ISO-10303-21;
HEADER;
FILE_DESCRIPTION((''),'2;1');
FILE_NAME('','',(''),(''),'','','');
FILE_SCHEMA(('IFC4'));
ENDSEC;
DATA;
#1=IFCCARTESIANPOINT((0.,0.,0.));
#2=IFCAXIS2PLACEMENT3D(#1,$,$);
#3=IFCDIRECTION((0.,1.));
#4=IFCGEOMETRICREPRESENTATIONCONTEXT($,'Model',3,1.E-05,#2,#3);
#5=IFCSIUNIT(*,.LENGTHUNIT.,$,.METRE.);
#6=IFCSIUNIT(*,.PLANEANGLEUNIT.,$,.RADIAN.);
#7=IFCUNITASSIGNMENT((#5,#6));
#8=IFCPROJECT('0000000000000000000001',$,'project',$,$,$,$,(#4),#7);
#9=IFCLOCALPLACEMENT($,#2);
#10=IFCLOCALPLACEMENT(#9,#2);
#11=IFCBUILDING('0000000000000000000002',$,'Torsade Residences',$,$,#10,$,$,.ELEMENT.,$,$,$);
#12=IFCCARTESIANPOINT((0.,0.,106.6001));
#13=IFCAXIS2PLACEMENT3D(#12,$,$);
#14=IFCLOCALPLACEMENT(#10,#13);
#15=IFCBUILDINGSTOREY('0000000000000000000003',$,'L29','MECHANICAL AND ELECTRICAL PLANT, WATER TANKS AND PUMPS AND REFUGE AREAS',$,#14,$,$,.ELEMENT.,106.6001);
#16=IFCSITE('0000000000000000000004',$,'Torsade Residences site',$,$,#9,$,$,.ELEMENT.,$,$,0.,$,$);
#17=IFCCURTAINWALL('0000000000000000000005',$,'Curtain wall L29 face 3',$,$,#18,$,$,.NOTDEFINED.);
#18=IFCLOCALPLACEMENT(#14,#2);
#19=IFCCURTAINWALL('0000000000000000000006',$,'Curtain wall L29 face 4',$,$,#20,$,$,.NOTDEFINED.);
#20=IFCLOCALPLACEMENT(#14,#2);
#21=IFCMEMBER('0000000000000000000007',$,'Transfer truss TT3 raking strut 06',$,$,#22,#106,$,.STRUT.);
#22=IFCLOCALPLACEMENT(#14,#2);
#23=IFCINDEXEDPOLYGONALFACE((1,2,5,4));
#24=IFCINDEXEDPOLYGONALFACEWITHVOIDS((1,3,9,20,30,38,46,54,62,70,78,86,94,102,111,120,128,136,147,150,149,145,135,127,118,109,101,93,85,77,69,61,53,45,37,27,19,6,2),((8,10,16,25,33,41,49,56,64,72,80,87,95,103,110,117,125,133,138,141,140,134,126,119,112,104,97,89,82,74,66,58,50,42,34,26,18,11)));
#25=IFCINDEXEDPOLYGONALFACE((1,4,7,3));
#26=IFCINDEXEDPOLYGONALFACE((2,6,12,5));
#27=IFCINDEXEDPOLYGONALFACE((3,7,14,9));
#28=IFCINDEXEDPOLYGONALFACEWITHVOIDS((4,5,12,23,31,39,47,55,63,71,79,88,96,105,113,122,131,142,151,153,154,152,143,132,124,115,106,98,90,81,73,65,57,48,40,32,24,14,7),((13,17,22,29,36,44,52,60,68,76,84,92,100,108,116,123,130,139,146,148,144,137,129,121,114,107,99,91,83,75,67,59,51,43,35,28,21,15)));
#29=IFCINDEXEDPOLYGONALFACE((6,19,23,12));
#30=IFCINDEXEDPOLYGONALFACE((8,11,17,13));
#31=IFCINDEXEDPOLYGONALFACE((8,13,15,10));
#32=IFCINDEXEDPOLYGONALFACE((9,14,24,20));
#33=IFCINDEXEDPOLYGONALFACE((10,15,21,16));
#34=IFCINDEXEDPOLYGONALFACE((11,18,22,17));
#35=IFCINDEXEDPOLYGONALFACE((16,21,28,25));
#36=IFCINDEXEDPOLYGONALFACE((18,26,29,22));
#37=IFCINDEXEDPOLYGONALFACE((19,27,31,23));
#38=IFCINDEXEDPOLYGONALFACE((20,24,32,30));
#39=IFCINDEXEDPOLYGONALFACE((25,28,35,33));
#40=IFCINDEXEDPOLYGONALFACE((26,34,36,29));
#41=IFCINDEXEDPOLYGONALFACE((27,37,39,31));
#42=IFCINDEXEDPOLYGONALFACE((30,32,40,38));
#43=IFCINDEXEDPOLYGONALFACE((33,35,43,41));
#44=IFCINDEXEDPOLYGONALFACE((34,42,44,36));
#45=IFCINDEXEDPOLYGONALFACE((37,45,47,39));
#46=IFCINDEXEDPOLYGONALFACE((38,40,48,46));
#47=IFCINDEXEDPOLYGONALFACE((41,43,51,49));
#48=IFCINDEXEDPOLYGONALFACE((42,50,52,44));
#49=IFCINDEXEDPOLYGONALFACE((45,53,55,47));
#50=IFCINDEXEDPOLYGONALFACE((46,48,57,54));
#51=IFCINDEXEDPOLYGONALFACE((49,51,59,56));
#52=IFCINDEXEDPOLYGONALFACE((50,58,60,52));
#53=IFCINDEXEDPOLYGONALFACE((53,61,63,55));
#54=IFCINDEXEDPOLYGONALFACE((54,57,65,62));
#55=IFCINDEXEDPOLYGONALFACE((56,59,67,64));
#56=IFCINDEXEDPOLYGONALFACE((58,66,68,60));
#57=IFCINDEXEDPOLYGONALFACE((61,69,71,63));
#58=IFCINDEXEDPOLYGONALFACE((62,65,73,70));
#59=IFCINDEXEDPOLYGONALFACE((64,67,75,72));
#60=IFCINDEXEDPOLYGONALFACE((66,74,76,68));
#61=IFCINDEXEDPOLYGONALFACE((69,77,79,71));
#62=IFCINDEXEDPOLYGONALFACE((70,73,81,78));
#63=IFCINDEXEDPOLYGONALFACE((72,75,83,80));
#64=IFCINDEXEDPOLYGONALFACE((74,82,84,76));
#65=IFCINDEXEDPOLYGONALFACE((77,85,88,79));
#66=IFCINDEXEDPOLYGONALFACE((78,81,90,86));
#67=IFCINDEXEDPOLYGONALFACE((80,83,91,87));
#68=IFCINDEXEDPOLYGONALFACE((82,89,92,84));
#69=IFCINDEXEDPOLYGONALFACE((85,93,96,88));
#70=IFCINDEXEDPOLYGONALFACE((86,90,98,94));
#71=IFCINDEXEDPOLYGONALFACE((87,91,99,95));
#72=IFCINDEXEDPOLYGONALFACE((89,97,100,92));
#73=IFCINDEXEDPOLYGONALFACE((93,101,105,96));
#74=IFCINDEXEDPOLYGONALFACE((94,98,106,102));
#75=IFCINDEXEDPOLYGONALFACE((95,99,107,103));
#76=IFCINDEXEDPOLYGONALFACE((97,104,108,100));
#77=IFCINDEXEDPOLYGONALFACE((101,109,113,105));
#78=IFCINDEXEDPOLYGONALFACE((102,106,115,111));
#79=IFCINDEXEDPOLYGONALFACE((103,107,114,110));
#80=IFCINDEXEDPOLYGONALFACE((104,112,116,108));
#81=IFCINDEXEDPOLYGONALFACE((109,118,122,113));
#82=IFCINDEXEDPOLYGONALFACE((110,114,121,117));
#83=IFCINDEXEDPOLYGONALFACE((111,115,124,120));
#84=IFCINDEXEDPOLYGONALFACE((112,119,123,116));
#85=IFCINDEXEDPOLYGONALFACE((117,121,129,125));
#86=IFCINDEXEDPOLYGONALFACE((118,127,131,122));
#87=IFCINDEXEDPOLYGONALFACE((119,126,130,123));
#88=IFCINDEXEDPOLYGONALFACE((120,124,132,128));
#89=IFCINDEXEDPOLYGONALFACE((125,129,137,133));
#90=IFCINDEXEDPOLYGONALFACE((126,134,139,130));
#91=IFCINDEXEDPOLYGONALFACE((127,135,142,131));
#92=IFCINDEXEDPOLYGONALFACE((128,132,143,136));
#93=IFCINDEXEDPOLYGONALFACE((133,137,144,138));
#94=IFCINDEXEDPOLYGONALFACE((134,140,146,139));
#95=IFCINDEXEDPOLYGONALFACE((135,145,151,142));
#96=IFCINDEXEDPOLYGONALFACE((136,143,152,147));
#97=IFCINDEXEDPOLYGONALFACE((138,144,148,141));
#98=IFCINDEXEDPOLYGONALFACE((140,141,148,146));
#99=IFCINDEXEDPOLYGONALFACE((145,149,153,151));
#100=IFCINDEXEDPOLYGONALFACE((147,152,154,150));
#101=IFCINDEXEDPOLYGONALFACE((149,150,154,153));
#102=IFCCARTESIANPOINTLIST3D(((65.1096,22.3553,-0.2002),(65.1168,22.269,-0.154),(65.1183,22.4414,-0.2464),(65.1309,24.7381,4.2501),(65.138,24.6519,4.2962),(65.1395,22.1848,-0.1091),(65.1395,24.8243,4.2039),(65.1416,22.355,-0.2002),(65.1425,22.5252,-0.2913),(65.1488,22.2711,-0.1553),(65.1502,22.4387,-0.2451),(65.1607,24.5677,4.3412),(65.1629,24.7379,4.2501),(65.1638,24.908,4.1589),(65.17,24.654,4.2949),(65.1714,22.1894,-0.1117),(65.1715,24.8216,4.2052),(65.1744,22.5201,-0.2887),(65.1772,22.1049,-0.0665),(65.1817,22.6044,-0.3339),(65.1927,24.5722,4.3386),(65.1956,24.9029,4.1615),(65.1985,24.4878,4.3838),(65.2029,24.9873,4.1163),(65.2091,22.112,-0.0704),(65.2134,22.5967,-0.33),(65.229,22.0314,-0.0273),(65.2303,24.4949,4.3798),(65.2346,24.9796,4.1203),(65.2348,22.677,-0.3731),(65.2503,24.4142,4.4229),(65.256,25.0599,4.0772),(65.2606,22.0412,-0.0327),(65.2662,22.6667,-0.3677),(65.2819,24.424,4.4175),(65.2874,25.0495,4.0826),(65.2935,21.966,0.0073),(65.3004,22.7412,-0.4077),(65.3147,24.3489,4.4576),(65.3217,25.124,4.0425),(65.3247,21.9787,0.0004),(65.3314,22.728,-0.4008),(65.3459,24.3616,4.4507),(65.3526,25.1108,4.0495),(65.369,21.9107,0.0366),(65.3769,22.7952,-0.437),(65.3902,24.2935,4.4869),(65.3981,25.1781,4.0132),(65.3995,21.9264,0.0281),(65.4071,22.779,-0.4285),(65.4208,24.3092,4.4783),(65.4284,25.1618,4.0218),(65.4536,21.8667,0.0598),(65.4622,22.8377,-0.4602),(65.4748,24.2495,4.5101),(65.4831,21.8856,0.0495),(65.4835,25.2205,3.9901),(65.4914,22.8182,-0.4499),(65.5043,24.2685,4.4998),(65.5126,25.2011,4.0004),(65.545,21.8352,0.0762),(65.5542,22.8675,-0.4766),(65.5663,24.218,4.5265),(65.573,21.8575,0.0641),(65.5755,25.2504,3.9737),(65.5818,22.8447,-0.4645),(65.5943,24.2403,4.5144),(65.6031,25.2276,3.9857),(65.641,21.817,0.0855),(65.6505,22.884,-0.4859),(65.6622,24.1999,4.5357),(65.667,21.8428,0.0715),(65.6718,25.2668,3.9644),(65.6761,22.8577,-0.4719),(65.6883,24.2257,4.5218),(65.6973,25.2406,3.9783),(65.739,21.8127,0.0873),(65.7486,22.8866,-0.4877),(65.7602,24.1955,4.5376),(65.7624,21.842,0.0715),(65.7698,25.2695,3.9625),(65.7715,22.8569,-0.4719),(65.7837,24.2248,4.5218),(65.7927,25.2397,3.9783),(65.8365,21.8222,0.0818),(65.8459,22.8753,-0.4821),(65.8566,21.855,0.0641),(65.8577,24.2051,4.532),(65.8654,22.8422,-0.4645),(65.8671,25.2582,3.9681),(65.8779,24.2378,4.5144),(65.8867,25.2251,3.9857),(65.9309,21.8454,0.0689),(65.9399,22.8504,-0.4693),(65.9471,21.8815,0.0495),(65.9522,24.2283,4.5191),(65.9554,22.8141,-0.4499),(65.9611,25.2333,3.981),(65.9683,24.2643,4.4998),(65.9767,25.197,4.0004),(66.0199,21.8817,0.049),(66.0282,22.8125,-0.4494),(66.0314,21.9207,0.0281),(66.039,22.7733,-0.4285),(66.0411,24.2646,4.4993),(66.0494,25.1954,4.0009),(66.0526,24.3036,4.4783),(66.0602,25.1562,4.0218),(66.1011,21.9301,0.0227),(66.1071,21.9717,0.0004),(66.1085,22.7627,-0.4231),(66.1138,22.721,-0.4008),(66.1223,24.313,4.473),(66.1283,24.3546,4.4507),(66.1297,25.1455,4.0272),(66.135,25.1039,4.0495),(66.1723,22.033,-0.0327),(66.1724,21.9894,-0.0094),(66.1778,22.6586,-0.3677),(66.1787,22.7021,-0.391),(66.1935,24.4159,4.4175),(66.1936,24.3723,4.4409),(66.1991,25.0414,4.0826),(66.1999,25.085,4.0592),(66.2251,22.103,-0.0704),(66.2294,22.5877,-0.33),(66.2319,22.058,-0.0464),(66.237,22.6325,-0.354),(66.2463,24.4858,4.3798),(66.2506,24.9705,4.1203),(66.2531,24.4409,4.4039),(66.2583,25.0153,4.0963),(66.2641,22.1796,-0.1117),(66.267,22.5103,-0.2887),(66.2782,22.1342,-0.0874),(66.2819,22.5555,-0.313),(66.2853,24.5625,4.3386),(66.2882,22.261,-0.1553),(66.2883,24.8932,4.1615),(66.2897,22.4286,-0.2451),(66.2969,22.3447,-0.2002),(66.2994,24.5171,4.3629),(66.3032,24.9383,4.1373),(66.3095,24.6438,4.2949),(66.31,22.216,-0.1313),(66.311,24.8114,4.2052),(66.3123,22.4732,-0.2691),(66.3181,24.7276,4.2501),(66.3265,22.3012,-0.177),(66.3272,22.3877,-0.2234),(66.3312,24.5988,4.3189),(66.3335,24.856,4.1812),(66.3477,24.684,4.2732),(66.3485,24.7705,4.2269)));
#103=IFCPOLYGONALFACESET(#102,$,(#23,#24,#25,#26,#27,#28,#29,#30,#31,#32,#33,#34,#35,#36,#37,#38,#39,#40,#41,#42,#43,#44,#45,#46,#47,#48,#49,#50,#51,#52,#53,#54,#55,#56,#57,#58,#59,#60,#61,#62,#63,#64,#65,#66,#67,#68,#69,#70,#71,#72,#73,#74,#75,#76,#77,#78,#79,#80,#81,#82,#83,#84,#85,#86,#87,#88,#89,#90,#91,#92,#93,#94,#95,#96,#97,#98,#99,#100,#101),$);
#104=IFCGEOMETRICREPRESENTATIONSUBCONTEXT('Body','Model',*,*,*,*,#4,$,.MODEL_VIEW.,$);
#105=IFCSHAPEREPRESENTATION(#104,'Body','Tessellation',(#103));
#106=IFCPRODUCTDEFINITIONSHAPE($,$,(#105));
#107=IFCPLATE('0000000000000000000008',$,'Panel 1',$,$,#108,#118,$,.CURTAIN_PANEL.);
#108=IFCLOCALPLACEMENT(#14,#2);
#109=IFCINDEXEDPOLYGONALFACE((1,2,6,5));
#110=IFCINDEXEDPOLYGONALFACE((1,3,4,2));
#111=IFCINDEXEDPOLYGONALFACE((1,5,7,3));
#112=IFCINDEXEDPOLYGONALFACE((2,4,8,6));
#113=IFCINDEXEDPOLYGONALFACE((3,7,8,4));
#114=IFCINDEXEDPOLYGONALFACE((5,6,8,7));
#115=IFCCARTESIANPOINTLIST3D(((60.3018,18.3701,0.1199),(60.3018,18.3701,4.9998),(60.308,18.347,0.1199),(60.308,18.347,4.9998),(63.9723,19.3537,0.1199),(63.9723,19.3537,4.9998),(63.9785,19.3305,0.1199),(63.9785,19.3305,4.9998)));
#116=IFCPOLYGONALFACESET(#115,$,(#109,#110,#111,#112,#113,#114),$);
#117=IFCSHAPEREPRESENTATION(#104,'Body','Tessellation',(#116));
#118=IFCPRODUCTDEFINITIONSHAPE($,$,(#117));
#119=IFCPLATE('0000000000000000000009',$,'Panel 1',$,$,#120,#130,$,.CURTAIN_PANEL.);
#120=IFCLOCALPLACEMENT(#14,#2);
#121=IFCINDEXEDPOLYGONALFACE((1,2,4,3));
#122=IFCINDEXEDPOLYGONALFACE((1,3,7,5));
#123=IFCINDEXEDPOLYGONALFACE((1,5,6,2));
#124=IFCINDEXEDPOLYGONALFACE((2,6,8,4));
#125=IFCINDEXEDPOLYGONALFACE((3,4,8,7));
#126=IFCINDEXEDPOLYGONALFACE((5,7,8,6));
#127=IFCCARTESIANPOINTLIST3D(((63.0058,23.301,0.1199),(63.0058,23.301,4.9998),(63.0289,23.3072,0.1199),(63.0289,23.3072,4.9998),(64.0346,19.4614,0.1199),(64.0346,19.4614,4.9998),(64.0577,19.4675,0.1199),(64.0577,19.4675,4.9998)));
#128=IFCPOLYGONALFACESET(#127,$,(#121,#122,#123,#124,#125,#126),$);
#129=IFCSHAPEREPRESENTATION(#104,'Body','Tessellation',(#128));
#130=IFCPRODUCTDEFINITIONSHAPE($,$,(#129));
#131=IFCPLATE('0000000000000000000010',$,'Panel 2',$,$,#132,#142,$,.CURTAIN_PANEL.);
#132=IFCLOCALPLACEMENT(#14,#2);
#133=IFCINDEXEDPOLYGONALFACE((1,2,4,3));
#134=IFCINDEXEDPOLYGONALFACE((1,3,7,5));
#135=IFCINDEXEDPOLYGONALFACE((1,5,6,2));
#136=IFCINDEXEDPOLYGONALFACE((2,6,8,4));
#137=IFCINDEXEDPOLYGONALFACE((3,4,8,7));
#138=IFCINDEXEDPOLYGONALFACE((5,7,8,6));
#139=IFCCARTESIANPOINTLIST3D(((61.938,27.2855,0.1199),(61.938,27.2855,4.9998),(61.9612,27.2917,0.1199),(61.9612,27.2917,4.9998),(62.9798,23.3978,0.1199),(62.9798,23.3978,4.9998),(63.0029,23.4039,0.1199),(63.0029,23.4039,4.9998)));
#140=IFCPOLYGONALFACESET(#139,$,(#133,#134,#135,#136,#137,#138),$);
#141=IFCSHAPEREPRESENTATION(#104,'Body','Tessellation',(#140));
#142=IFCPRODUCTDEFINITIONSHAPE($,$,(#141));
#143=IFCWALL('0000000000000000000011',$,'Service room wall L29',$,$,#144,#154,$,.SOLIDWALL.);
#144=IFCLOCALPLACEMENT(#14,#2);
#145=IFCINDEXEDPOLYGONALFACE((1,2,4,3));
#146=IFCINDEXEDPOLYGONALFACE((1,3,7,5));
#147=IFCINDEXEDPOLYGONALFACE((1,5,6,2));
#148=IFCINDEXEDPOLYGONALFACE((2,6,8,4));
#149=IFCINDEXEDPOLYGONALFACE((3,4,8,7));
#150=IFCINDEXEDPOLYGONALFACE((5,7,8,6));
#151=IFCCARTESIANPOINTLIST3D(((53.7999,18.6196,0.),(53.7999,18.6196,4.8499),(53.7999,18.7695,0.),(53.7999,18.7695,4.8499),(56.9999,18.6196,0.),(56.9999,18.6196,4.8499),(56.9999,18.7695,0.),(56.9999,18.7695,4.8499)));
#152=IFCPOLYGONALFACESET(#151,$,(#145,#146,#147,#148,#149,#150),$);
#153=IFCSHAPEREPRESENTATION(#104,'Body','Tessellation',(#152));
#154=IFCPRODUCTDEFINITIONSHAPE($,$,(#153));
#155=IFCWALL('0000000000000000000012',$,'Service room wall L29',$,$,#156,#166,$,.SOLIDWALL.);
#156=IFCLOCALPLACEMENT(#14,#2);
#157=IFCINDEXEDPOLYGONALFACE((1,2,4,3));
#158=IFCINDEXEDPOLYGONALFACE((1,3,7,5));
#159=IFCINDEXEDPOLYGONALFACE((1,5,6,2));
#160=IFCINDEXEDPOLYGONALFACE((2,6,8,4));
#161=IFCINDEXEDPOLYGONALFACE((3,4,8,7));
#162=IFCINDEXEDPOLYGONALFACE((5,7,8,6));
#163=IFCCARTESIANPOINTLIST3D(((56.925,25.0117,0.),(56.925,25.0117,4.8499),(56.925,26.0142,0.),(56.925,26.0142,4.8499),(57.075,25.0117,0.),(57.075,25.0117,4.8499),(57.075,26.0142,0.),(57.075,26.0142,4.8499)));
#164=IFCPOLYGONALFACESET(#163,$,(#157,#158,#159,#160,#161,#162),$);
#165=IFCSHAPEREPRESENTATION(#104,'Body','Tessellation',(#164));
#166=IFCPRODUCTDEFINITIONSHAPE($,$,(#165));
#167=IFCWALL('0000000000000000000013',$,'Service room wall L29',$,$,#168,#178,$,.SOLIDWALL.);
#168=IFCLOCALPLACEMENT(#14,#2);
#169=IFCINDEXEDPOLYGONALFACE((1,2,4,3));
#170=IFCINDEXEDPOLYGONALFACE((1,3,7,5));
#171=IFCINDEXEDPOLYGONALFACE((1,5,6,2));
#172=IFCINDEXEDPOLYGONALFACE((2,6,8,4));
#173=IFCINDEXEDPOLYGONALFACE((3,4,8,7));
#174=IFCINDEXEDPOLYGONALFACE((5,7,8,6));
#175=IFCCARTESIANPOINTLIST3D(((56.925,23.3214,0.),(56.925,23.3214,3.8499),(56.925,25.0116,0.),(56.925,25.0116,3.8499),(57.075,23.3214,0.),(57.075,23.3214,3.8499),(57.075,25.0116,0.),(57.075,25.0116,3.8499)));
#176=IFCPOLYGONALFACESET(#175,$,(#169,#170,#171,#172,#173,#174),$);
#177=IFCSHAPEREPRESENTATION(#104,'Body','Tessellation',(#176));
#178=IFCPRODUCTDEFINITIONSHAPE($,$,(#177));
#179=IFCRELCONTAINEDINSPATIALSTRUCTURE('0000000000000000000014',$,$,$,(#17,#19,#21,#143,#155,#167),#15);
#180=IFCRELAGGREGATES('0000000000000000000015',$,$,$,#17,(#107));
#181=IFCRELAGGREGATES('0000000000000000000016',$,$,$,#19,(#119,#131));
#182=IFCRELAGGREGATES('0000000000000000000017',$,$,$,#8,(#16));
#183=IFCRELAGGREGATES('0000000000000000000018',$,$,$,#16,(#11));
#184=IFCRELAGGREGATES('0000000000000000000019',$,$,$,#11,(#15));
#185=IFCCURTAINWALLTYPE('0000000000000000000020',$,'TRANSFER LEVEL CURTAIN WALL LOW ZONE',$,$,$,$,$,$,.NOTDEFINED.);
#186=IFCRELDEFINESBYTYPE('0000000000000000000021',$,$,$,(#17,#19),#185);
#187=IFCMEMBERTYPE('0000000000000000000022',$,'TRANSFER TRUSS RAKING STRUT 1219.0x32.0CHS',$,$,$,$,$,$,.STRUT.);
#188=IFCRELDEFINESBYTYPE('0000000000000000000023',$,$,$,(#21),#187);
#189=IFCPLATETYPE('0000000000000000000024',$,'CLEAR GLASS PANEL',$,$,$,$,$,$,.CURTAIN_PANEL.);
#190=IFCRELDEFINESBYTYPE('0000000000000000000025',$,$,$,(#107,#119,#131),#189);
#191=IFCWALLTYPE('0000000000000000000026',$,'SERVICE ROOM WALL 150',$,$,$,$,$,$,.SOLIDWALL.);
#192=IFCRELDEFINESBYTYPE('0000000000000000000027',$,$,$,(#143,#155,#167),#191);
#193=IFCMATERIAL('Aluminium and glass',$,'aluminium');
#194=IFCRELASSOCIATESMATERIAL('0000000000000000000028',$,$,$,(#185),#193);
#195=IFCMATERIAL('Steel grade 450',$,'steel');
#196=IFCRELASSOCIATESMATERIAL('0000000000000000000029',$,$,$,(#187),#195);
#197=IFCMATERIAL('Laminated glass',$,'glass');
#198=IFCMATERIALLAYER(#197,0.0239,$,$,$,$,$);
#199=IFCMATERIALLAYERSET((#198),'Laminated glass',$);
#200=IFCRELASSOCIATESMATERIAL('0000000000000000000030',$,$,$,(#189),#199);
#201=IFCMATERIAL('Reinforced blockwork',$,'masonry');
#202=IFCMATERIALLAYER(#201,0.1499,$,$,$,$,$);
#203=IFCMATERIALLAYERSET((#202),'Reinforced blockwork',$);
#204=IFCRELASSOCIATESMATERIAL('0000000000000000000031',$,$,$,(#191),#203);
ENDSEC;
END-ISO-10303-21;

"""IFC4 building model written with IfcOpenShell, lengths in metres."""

from ifc_helpers import new_model, si_unit, direction, frame, frame_2d, origin, origin_2d, place, context, subcontext, project, spatial, rectangle, hollow_circle, extrude, material, layer, layer_set, material_profile, profile_set, type_object, element, aggregate, save


model = new_model("IFC4")

# Units and contexts
model_context = context("Model", 3, precision=1e-05, world=origin(), true_north=direction((0.0, 1.0)))
body_context = subcontext(model_context, "Body", "Model", "MODEL_VIEW")
ifc_project = project(units=[si_unit("LENGTHUNIT", "METRE"), si_unit("PLANEANGLEUNIT", "RADIAN")], contexts=[model_context])

# Site, building, storey
site_placement = place(None, origin())
site = spatial("IfcSite", under=ifc_project, at=site_placement, Name="Torsade Residences site", CompositionType="ELEMENT", RefElevation=0.0)
building_placement = place(site_placement, origin())
building = spatial("IfcBuilding", under=site, at=building_placement, Name="Torsade Residences", CompositionType="ELEMENT")
storey_placement = place(building_placement, frame((0.0, 0.0, 106.6001)))
storey = spatial("IfcBuildingStorey", under=building, at=storey_placement, Name="L29", Description="MECHANICAL AND ELECTRICAL PLANT, WATER TANKS AND PUMPS AND REFUGE AREAS", CompositionType="ELEMENT", Elevation=106.6001)

# Curtain wall
ifc_material_1 = material(Name="Aluminium and glass", Category="aluminium")
curtain_wall_type = type_object("IfcCurtainWallType", Name="TRANSFER LEVEL CURTAIN WALL LOW ZONE", PredefinedType="NOTDEFINED", material=ifc_material_1)
curtain_wall_1_placement = place(storey_placement, origin())
curtain_wall_1 = element("IfcCurtainWall", 1, at=curtain_wall_1_placement, inside=storey, type_object=curtain_wall_type, Name="Curtain wall L29 face 3", PredefinedType="NOTDEFINED")

# Curtain wall
curtain_wall_2_placement = place(storey_placement, origin())
curtain_wall_2 = element("IfcCurtainWall", 2, at=curtain_wall_2_placement, inside=storey, type_object=curtain_wall_type, Name="Curtain wall L29 face 4", PredefinedType="NOTDEFINED")

# Member
ifc_material_2 = material(Name="Steel grade 450", Category="steel")
ifc_material_profile_1 = material_profile(ifc_material_2, hollow_circle(Radius=0.6096, WallThickness=0.032, at=origin_2d()), Name="1219.0x32.0CHS")
ifc_profile_set_1 = profile_set([ifc_material_profile_1], Name="Steel grade 450")
member_type_1 = type_object("IfcMemberType", Name="TRANSFER TRUSS RAKING STRUT 1219.0x32.0CHS", PredefinedType="STRUT", material=ifc_profile_set_1)
member_1_placement = place(storey_placement, frame((65.7192, 22.3499, -0.2002), z_axis=(0.004208, 0.472029, 0.881573), x_axis=(-0.99996, 0.008914, 0.0)))
element("IfcMember", 3, at=member_1_placement, inside=storey, type_object=member_type_1, Name="Transfer truss TT3 raking strut 06", PredefinedType="STRUT", context=body_context, shape_type="SweptSolid", body=[
    extrude(hollow_circle(Radius=0.6096, WallThickness=0.032, at=origin_2d()), origin(), (0.0, 0.0, 1.0), 5.0481),
])

# Plates
ifc_material_3 = material(Name="Laminated glass", Category="glass")
ifc_layer_1 = layer(ifc_material_3, 0.0239)
ifc_layer_set_1 = layer_set([ifc_layer_1], Name="Laminated glass")
plate_type = type_object("IfcPlateType", Name="CLEAR GLASS PANEL", PredefinedType="CURTAIN_PANEL", material=ifc_layer_set_1)
plate_1_placement = place(storey_placement, frame((62.1401, 18.8503, 0.1199), z_axis=(0.0, 0.0, 1.0), x_axis=(0.965926, 0.258819, 0.0)))
plate_1 = element("IfcPlate", 4, at=plate_1_placement, type_object=plate_type, Name="Panel 1", PredefinedType="CURTAIN_PANEL", context=body_context, shape_type="SweptSolid", body=[
    extrude(rectangle(XDim=3.8, YDim=0.0239, at=origin_2d()), origin(), (0.0, 0.0, 1.0), 4.8799),
])
aggregate(curtain_wall_1, [plate_1])
plate_2_placement = place(storey_placement, frame((63.5317, 21.3843, 0.1199), z_axis=(0.0, 0.0, 1.0), x_axis=(-0.258819, 0.965926, 0.0)))
plate_2 = element("IfcPlate", 5, at=plate_2_placement, type_object=plate_type, Name="Panel 1", PredefinedType="CURTAIN_PANEL", context=body_context, shape_type="SweptSolid", body=[
    extrude(rectangle(XDim=3.9751, YDim=0.0239, at=origin_2d()), origin(), (0.0, 0.0, 1.0), 4.8799),
])
plate_3_placement = place(storey_placement, frame((62.4705, 25.3447, 0.1199), z_axis=(0.0, 0.0, 1.0), x_axis=(-0.258819, 0.965926, 0.0)))
plate_3 = element("IfcPlate", 6, at=plate_3_placement, type_object=plate_type, Name="Panel 2", PredefinedType="CURTAIN_PANEL", context=body_context, shape_type="SweptSolid", body=[
    extrude(rectangle(XDim=4.0249, YDim=0.0239, at=origin_2d()), origin(), (0.0, 0.0, 1.0), 4.8799),
])
aggregate(curtain_wall_2, [plate_2, plate_3])

# Walls
ifc_material_4 = material(Name="Reinforced blockwork", Category="masonry")
ifc_layer_2 = layer(ifc_material_4, 0.1499)
ifc_layer_set_2 = layer_set([ifc_layer_2], Name="Reinforced blockwork")
wall_type = type_object("IfcWallType", Name="SERVICE ROOM WALL 150", PredefinedType="SOLIDWALL", material=ifc_layer_set_2)
wall_1_placement = place(storey_placement, frame((57.0, 18.6946, 0.0), z_axis=(0.0, 0.0, 1.0), x_axis=(-1.0, 0.0, 0.0)))
element("IfcWall", 7, at=wall_1_placement, inside=storey, type_object=wall_type, Name="Service room wall L29", PredefinedType="SOLIDWALL", context=body_context, shape_type="SweptSolid", body=[
    extrude(rectangle(XDim=3.2, YDim=0.1499, at=frame_2d((1.6001, 0.0))), origin(), (0.0, 0.0, 1.0), 4.8499),
])
wall_2_placement = place(storey_placement, frame((57.0, 26.0142, 0.0), z_axis=(0.0, 0.0, 1.0), x_axis=(0.0, -1.0, 0.0)))
element("IfcWall", 8, at=wall_2_placement, inside=storey, type_object=wall_type, Name="Service room wall L29", PredefinedType="SOLIDWALL", context=body_context, shape_type="SweptSolid", body=[
    extrude(rectangle(XDim=1.0024, YDim=0.1499, at=frame_2d((0.5012, 0.0))), origin(), (0.0, 0.0, 1.0), 4.8499),
])
wall_3_placement = place(storey_placement, frame((57.0, 25.0117, 0.0), z_axis=(0.0, 0.0, 1.0), x_axis=(0.0, -1.0, 0.0)))
element("IfcWall", 9, at=wall_3_placement, inside=storey, type_object=wall_type, Name="Service room wall L29", PredefinedType="SOLIDWALL", context=body_context, shape_type="SweptSolid", body=[
    extrude(rectangle(XDim=1.6902, YDim=0.1499, at=frame_2d((0.8452, 0.0))), origin(), (0.0, 0.0, 1.0), 3.8499),
])

save(model, "model.ifc")
